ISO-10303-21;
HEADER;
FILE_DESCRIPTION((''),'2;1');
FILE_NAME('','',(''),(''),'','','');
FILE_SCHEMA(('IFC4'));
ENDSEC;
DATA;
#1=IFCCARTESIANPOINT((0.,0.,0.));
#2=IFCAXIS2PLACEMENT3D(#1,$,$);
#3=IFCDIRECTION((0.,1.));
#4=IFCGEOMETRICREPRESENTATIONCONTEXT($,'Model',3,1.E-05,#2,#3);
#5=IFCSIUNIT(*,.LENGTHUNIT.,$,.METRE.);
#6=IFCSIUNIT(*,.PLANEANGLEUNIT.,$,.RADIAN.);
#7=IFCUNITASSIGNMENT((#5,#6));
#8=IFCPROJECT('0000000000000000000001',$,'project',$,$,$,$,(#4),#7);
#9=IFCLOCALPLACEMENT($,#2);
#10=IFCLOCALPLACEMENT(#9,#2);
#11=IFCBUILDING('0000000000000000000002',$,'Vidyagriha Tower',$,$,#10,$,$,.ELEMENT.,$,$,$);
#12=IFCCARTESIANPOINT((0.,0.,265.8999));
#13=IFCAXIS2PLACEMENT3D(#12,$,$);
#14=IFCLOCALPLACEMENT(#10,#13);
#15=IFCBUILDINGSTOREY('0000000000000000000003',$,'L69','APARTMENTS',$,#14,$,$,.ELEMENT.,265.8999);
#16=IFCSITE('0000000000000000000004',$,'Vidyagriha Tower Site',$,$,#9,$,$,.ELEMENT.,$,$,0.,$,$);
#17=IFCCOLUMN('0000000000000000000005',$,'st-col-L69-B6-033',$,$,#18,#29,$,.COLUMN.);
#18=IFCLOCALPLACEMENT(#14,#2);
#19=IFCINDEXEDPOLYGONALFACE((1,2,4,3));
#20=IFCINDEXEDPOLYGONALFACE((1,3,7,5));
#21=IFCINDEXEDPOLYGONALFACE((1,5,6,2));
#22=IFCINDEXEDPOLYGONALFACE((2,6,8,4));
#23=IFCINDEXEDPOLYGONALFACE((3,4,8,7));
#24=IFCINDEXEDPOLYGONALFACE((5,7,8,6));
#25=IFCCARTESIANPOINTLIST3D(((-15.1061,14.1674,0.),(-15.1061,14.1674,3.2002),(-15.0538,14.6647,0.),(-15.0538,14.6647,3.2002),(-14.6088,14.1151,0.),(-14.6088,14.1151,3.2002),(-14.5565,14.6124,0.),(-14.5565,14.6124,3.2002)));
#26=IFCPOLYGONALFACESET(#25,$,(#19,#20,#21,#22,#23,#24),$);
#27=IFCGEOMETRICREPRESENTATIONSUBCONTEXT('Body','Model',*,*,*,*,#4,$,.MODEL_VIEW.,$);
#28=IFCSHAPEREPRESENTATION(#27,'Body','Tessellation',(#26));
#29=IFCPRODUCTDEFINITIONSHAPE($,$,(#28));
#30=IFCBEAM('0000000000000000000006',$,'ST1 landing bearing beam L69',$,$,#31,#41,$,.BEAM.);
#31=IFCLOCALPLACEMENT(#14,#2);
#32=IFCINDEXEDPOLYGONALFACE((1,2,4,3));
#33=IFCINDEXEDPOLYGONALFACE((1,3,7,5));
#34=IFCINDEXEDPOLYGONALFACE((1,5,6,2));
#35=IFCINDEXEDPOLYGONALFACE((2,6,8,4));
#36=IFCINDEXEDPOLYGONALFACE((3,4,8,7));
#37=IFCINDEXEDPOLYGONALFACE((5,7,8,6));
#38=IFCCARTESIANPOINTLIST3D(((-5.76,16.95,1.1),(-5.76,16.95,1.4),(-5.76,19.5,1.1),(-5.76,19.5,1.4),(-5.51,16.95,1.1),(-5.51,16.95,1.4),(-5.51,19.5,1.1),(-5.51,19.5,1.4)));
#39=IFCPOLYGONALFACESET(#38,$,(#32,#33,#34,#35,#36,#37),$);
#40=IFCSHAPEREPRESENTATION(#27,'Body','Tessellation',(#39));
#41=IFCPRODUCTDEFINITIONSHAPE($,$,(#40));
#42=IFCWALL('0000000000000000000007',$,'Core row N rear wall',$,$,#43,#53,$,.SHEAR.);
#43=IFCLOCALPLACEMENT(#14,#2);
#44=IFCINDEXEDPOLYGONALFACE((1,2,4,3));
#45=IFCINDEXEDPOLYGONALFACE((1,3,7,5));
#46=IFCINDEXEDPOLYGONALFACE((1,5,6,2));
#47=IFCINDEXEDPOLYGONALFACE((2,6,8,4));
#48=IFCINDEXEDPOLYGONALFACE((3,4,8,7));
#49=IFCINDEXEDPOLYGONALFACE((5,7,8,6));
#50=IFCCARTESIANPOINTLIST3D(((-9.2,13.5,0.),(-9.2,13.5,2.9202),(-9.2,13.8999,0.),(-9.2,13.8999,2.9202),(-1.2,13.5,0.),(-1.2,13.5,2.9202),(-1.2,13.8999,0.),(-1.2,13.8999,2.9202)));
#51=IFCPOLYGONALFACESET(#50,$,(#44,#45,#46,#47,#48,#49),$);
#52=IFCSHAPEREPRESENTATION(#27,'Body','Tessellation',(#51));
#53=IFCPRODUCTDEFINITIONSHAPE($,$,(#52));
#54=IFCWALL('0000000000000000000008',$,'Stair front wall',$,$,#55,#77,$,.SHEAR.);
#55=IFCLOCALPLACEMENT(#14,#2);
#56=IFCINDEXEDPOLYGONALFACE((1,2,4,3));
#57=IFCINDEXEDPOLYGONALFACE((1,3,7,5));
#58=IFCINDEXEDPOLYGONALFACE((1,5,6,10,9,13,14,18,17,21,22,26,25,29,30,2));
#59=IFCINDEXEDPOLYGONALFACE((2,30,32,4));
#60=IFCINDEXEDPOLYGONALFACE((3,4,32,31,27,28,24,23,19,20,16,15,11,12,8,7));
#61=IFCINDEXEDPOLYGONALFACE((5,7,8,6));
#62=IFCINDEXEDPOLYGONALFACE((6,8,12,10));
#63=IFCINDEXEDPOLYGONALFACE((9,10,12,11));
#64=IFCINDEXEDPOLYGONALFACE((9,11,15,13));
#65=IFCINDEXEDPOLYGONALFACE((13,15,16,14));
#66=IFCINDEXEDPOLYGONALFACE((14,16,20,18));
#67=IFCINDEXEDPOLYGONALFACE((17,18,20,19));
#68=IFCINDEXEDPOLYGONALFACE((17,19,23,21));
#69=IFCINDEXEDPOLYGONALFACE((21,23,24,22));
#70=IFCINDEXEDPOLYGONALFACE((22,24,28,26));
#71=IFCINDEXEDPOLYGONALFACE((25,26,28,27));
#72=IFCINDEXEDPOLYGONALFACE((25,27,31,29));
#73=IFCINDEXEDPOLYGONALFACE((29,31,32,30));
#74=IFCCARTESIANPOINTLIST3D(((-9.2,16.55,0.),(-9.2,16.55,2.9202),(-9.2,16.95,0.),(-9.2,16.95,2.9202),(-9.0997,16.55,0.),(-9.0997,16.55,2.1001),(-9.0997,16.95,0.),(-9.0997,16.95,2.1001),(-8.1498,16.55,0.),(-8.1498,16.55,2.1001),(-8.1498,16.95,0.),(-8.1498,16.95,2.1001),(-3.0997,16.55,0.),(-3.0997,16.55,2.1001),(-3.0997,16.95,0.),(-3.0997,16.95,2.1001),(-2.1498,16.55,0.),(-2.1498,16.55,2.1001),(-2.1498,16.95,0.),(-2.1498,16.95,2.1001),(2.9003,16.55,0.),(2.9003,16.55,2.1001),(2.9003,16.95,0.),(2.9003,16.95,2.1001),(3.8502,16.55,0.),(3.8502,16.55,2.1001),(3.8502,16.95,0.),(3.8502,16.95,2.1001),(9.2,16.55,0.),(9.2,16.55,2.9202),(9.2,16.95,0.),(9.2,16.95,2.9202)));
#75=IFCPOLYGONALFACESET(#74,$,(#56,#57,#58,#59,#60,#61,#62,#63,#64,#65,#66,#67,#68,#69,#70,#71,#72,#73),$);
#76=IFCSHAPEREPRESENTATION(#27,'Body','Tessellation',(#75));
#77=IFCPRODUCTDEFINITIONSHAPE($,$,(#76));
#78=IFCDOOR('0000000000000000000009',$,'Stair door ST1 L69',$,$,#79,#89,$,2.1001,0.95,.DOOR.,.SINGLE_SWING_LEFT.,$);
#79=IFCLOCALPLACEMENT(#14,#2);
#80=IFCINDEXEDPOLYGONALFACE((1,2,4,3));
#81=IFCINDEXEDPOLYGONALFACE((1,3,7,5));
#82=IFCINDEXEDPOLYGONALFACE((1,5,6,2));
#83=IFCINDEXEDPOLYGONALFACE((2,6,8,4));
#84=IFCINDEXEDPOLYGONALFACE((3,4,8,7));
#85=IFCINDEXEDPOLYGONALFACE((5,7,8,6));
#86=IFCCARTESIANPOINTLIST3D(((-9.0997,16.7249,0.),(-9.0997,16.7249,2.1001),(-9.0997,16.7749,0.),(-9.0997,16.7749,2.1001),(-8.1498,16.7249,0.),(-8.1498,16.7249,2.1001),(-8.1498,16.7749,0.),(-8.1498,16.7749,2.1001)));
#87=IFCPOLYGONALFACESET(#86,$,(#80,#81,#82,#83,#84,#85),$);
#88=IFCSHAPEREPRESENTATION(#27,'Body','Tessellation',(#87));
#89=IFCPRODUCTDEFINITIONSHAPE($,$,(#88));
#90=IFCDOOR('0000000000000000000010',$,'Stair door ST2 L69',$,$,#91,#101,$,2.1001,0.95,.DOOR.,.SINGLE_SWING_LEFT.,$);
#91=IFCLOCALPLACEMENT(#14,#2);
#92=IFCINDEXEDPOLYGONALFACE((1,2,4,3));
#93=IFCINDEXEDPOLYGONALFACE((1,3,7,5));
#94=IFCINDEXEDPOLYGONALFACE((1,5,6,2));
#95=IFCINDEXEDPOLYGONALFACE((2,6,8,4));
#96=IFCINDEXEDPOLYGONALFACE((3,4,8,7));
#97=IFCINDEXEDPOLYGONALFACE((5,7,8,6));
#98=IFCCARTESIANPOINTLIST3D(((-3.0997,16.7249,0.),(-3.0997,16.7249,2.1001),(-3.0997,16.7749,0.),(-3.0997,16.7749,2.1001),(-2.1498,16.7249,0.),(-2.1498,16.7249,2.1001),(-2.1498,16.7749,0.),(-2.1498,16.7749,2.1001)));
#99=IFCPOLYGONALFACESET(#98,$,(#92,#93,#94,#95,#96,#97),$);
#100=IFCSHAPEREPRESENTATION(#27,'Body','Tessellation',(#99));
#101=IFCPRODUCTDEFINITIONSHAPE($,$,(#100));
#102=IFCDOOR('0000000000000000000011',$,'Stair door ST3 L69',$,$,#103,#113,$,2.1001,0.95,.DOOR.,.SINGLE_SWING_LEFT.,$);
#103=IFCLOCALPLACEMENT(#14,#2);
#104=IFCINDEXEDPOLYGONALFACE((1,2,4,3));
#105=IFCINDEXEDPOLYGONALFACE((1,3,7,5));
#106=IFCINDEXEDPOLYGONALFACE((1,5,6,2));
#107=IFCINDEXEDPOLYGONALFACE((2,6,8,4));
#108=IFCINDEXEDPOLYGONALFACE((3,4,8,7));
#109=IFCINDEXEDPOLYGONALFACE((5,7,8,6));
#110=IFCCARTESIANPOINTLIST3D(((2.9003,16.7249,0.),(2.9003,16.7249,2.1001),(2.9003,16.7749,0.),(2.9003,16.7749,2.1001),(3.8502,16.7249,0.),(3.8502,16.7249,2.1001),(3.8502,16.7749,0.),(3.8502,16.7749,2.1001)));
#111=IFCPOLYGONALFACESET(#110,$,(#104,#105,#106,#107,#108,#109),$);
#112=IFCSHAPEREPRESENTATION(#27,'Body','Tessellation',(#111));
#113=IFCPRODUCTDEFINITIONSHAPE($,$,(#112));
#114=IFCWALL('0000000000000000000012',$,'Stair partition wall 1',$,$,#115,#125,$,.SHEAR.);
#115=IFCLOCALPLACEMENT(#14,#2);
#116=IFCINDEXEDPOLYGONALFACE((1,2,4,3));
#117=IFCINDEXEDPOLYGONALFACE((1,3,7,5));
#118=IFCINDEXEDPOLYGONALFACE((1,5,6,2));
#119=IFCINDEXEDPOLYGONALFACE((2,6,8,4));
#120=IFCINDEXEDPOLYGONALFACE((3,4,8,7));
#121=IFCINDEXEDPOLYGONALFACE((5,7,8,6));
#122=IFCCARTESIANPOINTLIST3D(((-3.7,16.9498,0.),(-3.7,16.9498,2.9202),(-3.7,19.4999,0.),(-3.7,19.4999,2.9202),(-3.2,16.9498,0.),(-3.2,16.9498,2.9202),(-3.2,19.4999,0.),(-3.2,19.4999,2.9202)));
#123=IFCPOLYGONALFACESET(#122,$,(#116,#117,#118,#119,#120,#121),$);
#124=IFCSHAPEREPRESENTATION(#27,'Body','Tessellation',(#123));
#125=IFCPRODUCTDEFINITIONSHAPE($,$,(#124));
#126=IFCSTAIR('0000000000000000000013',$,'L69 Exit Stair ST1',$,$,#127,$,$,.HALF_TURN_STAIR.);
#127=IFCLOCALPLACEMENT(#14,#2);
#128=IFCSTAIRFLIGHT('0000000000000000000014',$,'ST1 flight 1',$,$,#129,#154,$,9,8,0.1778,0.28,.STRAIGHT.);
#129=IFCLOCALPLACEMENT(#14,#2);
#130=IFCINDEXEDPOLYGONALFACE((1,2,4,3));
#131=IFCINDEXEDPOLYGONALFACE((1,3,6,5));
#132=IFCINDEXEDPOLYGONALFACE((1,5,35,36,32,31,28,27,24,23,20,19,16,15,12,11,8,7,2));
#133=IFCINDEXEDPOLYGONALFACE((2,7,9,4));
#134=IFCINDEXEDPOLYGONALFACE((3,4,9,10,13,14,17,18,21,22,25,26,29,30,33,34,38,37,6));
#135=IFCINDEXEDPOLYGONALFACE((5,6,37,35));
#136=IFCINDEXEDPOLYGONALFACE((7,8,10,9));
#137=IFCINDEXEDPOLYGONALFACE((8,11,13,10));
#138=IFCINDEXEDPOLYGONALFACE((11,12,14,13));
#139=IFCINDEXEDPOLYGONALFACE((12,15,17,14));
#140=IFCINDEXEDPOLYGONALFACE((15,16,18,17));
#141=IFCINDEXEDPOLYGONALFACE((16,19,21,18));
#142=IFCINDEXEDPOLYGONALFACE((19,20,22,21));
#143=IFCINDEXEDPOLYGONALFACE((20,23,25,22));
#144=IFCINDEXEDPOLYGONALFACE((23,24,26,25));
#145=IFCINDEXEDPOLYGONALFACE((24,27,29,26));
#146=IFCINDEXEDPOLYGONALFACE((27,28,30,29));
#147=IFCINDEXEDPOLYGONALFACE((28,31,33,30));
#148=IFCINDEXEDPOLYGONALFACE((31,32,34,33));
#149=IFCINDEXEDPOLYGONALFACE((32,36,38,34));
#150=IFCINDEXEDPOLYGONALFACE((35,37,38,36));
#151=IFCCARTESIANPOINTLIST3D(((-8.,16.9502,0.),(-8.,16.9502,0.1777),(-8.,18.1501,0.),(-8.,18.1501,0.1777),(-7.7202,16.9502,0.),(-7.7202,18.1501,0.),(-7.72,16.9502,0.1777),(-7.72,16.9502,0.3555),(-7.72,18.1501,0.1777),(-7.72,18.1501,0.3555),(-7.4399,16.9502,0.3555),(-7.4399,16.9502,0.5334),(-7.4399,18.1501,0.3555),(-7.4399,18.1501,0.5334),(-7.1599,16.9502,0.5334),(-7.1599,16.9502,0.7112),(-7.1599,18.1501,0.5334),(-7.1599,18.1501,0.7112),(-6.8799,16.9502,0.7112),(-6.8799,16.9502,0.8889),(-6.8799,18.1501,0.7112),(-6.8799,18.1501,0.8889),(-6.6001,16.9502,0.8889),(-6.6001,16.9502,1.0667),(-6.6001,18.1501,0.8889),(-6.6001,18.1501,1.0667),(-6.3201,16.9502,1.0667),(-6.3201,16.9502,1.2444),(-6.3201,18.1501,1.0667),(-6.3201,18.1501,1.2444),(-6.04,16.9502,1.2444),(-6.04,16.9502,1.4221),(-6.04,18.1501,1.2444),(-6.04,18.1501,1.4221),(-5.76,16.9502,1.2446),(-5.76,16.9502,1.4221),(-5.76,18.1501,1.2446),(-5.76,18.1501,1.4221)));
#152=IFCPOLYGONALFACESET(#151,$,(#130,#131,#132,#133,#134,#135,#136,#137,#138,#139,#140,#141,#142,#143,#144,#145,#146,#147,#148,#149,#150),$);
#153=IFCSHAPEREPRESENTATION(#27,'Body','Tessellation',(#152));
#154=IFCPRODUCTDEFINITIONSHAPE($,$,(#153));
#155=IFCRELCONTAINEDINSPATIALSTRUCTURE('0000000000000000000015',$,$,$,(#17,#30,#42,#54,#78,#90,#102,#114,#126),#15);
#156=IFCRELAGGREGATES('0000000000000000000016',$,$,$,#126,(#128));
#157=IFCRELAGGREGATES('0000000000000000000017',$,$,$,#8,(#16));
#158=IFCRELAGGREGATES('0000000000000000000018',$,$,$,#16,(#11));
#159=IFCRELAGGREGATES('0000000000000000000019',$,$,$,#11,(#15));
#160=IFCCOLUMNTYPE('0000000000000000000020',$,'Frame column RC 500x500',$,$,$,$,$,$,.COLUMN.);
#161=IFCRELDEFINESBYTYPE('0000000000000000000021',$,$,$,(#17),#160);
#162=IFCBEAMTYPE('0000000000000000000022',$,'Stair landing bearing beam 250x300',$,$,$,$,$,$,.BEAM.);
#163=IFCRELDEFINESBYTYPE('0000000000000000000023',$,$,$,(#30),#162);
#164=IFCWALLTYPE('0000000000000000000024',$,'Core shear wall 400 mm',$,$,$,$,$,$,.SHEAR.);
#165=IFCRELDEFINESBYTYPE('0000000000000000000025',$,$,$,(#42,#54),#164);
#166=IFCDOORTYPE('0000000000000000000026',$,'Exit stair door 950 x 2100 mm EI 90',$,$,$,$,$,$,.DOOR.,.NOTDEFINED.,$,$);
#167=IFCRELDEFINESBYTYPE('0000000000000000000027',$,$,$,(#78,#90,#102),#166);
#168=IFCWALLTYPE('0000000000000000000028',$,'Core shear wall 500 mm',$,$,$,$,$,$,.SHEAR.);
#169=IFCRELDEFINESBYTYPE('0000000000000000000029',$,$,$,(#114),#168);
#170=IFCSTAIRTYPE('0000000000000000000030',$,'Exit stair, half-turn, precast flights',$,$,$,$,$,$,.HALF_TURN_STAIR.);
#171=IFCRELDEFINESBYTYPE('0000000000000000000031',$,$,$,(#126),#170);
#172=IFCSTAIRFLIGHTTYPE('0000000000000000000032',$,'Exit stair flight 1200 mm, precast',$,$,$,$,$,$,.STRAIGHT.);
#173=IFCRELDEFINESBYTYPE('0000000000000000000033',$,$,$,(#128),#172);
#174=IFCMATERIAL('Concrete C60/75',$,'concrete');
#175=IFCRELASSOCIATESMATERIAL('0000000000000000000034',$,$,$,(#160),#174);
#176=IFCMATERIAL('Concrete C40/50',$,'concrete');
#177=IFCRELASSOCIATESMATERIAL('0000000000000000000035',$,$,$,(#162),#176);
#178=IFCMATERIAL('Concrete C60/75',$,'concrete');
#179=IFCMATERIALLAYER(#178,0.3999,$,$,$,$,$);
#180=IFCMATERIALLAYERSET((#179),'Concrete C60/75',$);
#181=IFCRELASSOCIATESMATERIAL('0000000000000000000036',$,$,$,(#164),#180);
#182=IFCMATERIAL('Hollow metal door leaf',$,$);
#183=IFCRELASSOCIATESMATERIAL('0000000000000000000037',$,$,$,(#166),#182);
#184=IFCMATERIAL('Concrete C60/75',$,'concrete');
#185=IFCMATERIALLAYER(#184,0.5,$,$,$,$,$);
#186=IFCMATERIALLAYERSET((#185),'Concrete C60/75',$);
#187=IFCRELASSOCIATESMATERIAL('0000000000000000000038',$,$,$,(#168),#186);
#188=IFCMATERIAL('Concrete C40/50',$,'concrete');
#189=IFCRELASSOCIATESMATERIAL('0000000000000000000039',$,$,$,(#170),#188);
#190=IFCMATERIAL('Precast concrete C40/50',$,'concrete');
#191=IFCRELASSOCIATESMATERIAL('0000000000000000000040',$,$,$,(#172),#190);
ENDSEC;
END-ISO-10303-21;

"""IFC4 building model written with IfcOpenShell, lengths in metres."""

from ifc_helpers import new_model, si_unit, direction, frame, frame_2d, origin, origin_2d, place, context, subcontext, project, spatial, polyline, rectangle, outline, extrude, material, layer, layer_set, material_profile, profile_set, type_object, element, fill, aggregate, save


model = new_model("IFC4")

# Units and contexts
model_context = context("Model", 3, precision=1e-05, world=origin(), true_north=direction((0.0, 1.0)))
body_context = subcontext(model_context, "Body", "Model", "MODEL_VIEW")
ifc_project = project(units=[si_unit("LENGTHUNIT", "METRE"), si_unit("PLANEANGLEUNIT", "RADIAN")], contexts=[model_context])

# Site, building, storey
site_placement = place(None, origin())
site = spatial("IfcSite", under=ifc_project, at=site_placement, Name="Vidyagriha Tower Site", CompositionType="ELEMENT", RefElevation=0.0)
building_placement = place(site_placement, origin())
building = spatial("IfcBuilding", under=site, at=building_placement, Name="Vidyagriha Tower", CompositionType="ELEMENT")
storey_placement = place(building_placement, frame((0.0, 0.0, 265.8999)))
storey = spatial("IfcBuildingStorey", under=building, at=storey_placement, Name="L69", Description="APARTMENTS", CompositionType="ELEMENT", Elevation=265.8999)

# Column
ifc_material_1 = material(Name="Concrete C60/75", Category="concrete")
ifc_material_profile_1 = material_profile(ifc_material_1, rectangle(XDim=0.5, YDim=0.5, at=origin_2d()), Name="RC 500x500")
ifc_profile_set_1 = profile_set([ifc_material_profile_1], Name="Concrete C60/75")
column_type = type_object("IfcColumnType", Name="Frame column RC 500x500", PredefinedType="COLUMN", material=ifc_profile_set_1)
column_placement = place(storey_placement, frame((-14.8313, 14.3899, 0.0), z_axis=(0.0, 0.0, 1.0), x_axis=(0.994522, -0.104528, 0.0)))
element("IfcColumn", 1, at=column_placement, inside=storey, type_object=column_type, Name="st-col-L69-B6-033", PredefinedType="COLUMN", context=body_context, shape_type="SweptSolid", body=[
    extrude(rectangle(XDim=0.5, YDim=0.5, at=origin_2d()), origin(), (0.0, 0.0, 1.0), 3.2002),
])

# Beam
ifc_material_2 = material(Name="Concrete C40/50", Category="concrete")
ifc_material_profile_2 = material_profile(ifc_material_2, rectangle(XDim=0.25, YDim=0.3, at=origin_2d()), Name="Stair landing bearing beam 250x300")
ifc_profile_set_2 = profile_set([ifc_material_profile_2], Name="Concrete C40/50")
beam_type = type_object("IfcBeamType", Name="Stair landing bearing beam 250x300", PredefinedType="BEAM", material=ifc_profile_set_2)
beam_placement = place(storey_placement, frame((-5.635, 16.95, 1.25), z_axis=(0.0, 1.0, 0.0), x_axis=(-1.0, 0.0, 0.0)))
element("IfcBeam", 2, at=beam_placement, inside=storey, type_object=beam_type, Name="ST1 landing bearing beam L69", PredefinedType="BEAM", context=body_context, shape_type="SweptSolid", body=[
    extrude(rectangle(XDim=0.25, YDim=0.3, at=origin_2d()), origin(), (0.0, 0.0, 1.0), 2.55),
])

# Wall
ifc_material_3 = material(Name="Concrete C60/75", Category="concrete")
ifc_layer_1 = layer(ifc_material_3, 0.3999)
ifc_layer_set_1 = layer_set([ifc_layer_1], Name="Concrete C60/75")
wall_type_1 = type_object("IfcWallType", Name="Core shear wall 400 mm", PredefinedType="SHEAR", material=ifc_layer_set_1)
wall_1_placement = place(storey_placement, frame((-9.2, 13.7, 0.0)))
element("IfcWall", 3, at=wall_1_placement, inside=storey, type_object=wall_type_1, Name="Core row N rear wall", PredefinedType="SHEAR", context=body_context, shape_type="SweptSolid", body=[
    extrude(rectangle(XDim=8.0, YDim=0.3999, at=frame_2d((4.0, 0.0))), origin(), (0.0, 0.0, 1.0), 2.9202),
])

# Wall, openings, doors
wall_2_placement = place(storey_placement, frame((-9.2, 16.75, 0.0)))
wall_2 = element("IfcWall", 4, at=wall_2_placement, inside=storey, type_object=wall_type_1, Name="Stair front wall", PredefinedType="SHEAR", context=body_context, shape_type="SweptSolid", body=[
    extrude(rectangle(XDim=18.3999, YDim=0.3999, at=frame_2d((9.2, 0.0))), origin(), (0.0, 0.0, 1.0), 2.9202),
])
opening_1_placement = place(wall_2_placement, frame((0.1001, 0.0, 0.0)))
opening_1 = element("IfcOpeningElement", 5, at=opening_1_placement, cuts=wall_2, PredefinedType="OPENING", context=body_context, shape_type="SweptSolid", body=[
    extrude(rectangle(XDim=0.95, YDim=2.1001, at=frame_2d((0.4751, 1.05))), frame((0.0, 0.21, 0.0), z_axis=(0.0, -1.0, 0.0), x_axis=(1.0, 0.0, 0.0)), (0.0, 0.0, 1.0), 0.4199),
])
opening_2_placement = place(wall_2_placement, frame((6.1001, 0.0, 0.0)))
opening_2 = element("IfcOpeningElement", 6, at=opening_2_placement, cuts=wall_2, PredefinedType="OPENING", context=body_context, shape_type="SweptSolid", body=[
    extrude(rectangle(XDim=0.95, YDim=2.1001, at=frame_2d((0.4751, 1.05))), frame((0.0, 0.21, 0.0), z_axis=(0.0, -1.0, 0.0), x_axis=(1.0, 0.0, 0.0)), (0.0, 0.0, 1.0), 0.4199),
])
opening_3_placement = place(wall_2_placement, frame((12.1001, 0.0, 0.0)))
opening_3 = element("IfcOpeningElement", 7, at=opening_3_placement, cuts=wall_2, PredefinedType="OPENING", context=body_context, shape_type="SweptSolid", body=[
    extrude(rectangle(XDim=0.95, YDim=2.1001, at=frame_2d((0.4751, 1.05))), frame((0.0, 0.21, 0.0), z_axis=(0.0, -1.0, 0.0), x_axis=(1.0, 0.0, 0.0)), (0.0, 0.0, 1.0), 0.4199),
])
ifc_material_4 = material(Name="Hollow metal door leaf")
door_type = type_object("IfcDoorType", Name="Exit stair door 950 x 2100 mm EI 90", OperationType="NOTDEFINED", PredefinedType="DOOR", material=ifc_material_4)
door_1_placement = place(opening_1_placement, origin())
door_1 = element("IfcDoor", 8, at=door_1_placement, inside=storey, type_object=door_type, Name="Stair door ST1 L69", OperationType="SINGLE_SWING_LEFT", OverallHeight=2.1001, OverallWidth=0.95, PredefinedType="DOOR", context=body_context, shape_type="SweptSolid", body=[
    extrude(rectangle(XDim=0.95, YDim=2.1001, at=frame_2d((0.4751, 1.05))), frame((0.0, 0.0249, 0.0), z_axis=(0.0, -1.0, 0.0), x_axis=(1.0, 0.0, 0.0)), (0.0, 0.0, 1.0), 0.05),
])
fill(opening_1, door_1)
door_2_placement = place(opening_2_placement, origin())
door_2 = element("IfcDoor", 9, at=door_2_placement, inside=storey, type_object=door_type, Name="Stair door ST2 L69", OperationType="SINGLE_SWING_LEFT", OverallHeight=2.1001, OverallWidth=0.95, PredefinedType="DOOR", context=body_context, shape_type="SweptSolid", body=[
    extrude(rectangle(XDim=0.95, YDim=2.1001, at=frame_2d((0.4751, 1.05))), frame((0.0, 0.0249, 0.0), z_axis=(0.0, -1.0, 0.0), x_axis=(1.0, 0.0, 0.0)), (0.0, 0.0, 1.0), 0.05),
])
fill(opening_2, door_2)
door_3_placement = place(opening_3_placement, origin())
door_3 = element("IfcDoor", 10, at=door_3_placement, inside=storey, type_object=door_type, Name="Stair door ST3 L69", OperationType="SINGLE_SWING_LEFT", OverallHeight=2.1001, OverallWidth=0.95, PredefinedType="DOOR", context=body_context, shape_type="SweptSolid", body=[
    extrude(rectangle(XDim=0.95, YDim=2.1001, at=frame_2d((0.4751, 1.05))), frame((0.0, 0.0249, 0.0), z_axis=(0.0, -1.0, 0.0), x_axis=(1.0, 0.0, 0.0)), (0.0, 0.0, 1.0), 0.05),
])
fill(opening_3, door_3)

# Wall
ifc_material_5 = material(Name="Concrete C60/75", Category="concrete")
ifc_layer_2 = layer(ifc_material_5, 0.5)
ifc_layer_set_2 = layer_set([ifc_layer_2], Name="Concrete C60/75")
wall_type_2 = type_object("IfcWallType", Name="Core shear wall 500 mm", PredefinedType="SHEAR", material=ifc_layer_set_2)
wall_3_placement = place(storey_placement, frame((-3.45, 16.95, 0.0), z_axis=(0.0, 0.0, 1.0), x_axis=(0.0, 1.0, 0.0)))
element("IfcWall", 11, at=wall_3_placement, inside=storey, type_object=wall_type_2, Name="Stair partition wall 1", PredefinedType="SHEAR", context=body_context, shape_type="SweptSolid", body=[
    extrude(rectangle(XDim=2.55, YDim=0.5, at=frame_2d((1.2749, 0.0))), origin(), (0.0, 0.0, 1.0), 2.9202),
])

# Stair, stair flight
ifc_material_6 = material(Name="Concrete C40/50", Category="concrete")
stair_type = type_object("IfcStairType", Name="Exit stair, half-turn, precast flights", PredefinedType="HALF_TURN_STAIR", material=ifc_material_6)
stair_1_placement = place(storey_placement, origin())
stair_1 = element("IfcStair", 12, at=stair_1_placement, inside=storey, type_object=stair_type, Name="L69 Exit Stair ST1", PredefinedType="HALF_TURN_STAIR")
ifc_material_7 = material(Name="Precast concrete C40/50", Category="concrete")
stair_flight_type = type_object("IfcStairFlightType", Name="Exit stair flight 1200 mm, precast", PredefinedType="STRAIGHT", material=ifc_material_7)
stair_flight_1_placement = place(storey_placement, frame((-8.0, 17.55, 0.0)))
stair_flight_1 = element("IfcStairFlight", 13, at=stair_flight_1_placement, type_object=stair_flight_type, Name="ST1 flight 1", NumberOfRisers=9, NumberOfTreads=8, PredefinedType="STRAIGHT", RiserHeight=0.1778, TreadLength=0.28, context=body_context, shape_type="SweptSolid", body=[
    extrude(outline(polyline([(0.0, 0.0), (0.0, 0.1777), (0.28, 0.1777), (0.28, 0.3555), (0.5601, 0.3555), (0.5601, 0.5334), (0.8401, 0.5334), (0.8401, 0.7112), (1.1201, 0.7112), (1.1201, 0.8889), (1.3999, 0.8889), (1.3999, 1.0667), (1.6799, 1.0667), (1.6799, 1.2444), (1.96, 1.2444), (1.96, 1.4221), (2.24, 1.4221), (2.24, 1.6001), (2.24, 1.2446), (0.2798, 0.0), (0.0, 0.0)])), frame((0.0, 0.6001, 0.0), z_axis=(0.0, -1.0, 0.0), x_axis=(1.0, 0.0, 0.0)), (0.0, 0.0, 1.0), 1.2),
])
aggregate(stair_1, [stair_flight_1])

save(model, "model.ifc")
